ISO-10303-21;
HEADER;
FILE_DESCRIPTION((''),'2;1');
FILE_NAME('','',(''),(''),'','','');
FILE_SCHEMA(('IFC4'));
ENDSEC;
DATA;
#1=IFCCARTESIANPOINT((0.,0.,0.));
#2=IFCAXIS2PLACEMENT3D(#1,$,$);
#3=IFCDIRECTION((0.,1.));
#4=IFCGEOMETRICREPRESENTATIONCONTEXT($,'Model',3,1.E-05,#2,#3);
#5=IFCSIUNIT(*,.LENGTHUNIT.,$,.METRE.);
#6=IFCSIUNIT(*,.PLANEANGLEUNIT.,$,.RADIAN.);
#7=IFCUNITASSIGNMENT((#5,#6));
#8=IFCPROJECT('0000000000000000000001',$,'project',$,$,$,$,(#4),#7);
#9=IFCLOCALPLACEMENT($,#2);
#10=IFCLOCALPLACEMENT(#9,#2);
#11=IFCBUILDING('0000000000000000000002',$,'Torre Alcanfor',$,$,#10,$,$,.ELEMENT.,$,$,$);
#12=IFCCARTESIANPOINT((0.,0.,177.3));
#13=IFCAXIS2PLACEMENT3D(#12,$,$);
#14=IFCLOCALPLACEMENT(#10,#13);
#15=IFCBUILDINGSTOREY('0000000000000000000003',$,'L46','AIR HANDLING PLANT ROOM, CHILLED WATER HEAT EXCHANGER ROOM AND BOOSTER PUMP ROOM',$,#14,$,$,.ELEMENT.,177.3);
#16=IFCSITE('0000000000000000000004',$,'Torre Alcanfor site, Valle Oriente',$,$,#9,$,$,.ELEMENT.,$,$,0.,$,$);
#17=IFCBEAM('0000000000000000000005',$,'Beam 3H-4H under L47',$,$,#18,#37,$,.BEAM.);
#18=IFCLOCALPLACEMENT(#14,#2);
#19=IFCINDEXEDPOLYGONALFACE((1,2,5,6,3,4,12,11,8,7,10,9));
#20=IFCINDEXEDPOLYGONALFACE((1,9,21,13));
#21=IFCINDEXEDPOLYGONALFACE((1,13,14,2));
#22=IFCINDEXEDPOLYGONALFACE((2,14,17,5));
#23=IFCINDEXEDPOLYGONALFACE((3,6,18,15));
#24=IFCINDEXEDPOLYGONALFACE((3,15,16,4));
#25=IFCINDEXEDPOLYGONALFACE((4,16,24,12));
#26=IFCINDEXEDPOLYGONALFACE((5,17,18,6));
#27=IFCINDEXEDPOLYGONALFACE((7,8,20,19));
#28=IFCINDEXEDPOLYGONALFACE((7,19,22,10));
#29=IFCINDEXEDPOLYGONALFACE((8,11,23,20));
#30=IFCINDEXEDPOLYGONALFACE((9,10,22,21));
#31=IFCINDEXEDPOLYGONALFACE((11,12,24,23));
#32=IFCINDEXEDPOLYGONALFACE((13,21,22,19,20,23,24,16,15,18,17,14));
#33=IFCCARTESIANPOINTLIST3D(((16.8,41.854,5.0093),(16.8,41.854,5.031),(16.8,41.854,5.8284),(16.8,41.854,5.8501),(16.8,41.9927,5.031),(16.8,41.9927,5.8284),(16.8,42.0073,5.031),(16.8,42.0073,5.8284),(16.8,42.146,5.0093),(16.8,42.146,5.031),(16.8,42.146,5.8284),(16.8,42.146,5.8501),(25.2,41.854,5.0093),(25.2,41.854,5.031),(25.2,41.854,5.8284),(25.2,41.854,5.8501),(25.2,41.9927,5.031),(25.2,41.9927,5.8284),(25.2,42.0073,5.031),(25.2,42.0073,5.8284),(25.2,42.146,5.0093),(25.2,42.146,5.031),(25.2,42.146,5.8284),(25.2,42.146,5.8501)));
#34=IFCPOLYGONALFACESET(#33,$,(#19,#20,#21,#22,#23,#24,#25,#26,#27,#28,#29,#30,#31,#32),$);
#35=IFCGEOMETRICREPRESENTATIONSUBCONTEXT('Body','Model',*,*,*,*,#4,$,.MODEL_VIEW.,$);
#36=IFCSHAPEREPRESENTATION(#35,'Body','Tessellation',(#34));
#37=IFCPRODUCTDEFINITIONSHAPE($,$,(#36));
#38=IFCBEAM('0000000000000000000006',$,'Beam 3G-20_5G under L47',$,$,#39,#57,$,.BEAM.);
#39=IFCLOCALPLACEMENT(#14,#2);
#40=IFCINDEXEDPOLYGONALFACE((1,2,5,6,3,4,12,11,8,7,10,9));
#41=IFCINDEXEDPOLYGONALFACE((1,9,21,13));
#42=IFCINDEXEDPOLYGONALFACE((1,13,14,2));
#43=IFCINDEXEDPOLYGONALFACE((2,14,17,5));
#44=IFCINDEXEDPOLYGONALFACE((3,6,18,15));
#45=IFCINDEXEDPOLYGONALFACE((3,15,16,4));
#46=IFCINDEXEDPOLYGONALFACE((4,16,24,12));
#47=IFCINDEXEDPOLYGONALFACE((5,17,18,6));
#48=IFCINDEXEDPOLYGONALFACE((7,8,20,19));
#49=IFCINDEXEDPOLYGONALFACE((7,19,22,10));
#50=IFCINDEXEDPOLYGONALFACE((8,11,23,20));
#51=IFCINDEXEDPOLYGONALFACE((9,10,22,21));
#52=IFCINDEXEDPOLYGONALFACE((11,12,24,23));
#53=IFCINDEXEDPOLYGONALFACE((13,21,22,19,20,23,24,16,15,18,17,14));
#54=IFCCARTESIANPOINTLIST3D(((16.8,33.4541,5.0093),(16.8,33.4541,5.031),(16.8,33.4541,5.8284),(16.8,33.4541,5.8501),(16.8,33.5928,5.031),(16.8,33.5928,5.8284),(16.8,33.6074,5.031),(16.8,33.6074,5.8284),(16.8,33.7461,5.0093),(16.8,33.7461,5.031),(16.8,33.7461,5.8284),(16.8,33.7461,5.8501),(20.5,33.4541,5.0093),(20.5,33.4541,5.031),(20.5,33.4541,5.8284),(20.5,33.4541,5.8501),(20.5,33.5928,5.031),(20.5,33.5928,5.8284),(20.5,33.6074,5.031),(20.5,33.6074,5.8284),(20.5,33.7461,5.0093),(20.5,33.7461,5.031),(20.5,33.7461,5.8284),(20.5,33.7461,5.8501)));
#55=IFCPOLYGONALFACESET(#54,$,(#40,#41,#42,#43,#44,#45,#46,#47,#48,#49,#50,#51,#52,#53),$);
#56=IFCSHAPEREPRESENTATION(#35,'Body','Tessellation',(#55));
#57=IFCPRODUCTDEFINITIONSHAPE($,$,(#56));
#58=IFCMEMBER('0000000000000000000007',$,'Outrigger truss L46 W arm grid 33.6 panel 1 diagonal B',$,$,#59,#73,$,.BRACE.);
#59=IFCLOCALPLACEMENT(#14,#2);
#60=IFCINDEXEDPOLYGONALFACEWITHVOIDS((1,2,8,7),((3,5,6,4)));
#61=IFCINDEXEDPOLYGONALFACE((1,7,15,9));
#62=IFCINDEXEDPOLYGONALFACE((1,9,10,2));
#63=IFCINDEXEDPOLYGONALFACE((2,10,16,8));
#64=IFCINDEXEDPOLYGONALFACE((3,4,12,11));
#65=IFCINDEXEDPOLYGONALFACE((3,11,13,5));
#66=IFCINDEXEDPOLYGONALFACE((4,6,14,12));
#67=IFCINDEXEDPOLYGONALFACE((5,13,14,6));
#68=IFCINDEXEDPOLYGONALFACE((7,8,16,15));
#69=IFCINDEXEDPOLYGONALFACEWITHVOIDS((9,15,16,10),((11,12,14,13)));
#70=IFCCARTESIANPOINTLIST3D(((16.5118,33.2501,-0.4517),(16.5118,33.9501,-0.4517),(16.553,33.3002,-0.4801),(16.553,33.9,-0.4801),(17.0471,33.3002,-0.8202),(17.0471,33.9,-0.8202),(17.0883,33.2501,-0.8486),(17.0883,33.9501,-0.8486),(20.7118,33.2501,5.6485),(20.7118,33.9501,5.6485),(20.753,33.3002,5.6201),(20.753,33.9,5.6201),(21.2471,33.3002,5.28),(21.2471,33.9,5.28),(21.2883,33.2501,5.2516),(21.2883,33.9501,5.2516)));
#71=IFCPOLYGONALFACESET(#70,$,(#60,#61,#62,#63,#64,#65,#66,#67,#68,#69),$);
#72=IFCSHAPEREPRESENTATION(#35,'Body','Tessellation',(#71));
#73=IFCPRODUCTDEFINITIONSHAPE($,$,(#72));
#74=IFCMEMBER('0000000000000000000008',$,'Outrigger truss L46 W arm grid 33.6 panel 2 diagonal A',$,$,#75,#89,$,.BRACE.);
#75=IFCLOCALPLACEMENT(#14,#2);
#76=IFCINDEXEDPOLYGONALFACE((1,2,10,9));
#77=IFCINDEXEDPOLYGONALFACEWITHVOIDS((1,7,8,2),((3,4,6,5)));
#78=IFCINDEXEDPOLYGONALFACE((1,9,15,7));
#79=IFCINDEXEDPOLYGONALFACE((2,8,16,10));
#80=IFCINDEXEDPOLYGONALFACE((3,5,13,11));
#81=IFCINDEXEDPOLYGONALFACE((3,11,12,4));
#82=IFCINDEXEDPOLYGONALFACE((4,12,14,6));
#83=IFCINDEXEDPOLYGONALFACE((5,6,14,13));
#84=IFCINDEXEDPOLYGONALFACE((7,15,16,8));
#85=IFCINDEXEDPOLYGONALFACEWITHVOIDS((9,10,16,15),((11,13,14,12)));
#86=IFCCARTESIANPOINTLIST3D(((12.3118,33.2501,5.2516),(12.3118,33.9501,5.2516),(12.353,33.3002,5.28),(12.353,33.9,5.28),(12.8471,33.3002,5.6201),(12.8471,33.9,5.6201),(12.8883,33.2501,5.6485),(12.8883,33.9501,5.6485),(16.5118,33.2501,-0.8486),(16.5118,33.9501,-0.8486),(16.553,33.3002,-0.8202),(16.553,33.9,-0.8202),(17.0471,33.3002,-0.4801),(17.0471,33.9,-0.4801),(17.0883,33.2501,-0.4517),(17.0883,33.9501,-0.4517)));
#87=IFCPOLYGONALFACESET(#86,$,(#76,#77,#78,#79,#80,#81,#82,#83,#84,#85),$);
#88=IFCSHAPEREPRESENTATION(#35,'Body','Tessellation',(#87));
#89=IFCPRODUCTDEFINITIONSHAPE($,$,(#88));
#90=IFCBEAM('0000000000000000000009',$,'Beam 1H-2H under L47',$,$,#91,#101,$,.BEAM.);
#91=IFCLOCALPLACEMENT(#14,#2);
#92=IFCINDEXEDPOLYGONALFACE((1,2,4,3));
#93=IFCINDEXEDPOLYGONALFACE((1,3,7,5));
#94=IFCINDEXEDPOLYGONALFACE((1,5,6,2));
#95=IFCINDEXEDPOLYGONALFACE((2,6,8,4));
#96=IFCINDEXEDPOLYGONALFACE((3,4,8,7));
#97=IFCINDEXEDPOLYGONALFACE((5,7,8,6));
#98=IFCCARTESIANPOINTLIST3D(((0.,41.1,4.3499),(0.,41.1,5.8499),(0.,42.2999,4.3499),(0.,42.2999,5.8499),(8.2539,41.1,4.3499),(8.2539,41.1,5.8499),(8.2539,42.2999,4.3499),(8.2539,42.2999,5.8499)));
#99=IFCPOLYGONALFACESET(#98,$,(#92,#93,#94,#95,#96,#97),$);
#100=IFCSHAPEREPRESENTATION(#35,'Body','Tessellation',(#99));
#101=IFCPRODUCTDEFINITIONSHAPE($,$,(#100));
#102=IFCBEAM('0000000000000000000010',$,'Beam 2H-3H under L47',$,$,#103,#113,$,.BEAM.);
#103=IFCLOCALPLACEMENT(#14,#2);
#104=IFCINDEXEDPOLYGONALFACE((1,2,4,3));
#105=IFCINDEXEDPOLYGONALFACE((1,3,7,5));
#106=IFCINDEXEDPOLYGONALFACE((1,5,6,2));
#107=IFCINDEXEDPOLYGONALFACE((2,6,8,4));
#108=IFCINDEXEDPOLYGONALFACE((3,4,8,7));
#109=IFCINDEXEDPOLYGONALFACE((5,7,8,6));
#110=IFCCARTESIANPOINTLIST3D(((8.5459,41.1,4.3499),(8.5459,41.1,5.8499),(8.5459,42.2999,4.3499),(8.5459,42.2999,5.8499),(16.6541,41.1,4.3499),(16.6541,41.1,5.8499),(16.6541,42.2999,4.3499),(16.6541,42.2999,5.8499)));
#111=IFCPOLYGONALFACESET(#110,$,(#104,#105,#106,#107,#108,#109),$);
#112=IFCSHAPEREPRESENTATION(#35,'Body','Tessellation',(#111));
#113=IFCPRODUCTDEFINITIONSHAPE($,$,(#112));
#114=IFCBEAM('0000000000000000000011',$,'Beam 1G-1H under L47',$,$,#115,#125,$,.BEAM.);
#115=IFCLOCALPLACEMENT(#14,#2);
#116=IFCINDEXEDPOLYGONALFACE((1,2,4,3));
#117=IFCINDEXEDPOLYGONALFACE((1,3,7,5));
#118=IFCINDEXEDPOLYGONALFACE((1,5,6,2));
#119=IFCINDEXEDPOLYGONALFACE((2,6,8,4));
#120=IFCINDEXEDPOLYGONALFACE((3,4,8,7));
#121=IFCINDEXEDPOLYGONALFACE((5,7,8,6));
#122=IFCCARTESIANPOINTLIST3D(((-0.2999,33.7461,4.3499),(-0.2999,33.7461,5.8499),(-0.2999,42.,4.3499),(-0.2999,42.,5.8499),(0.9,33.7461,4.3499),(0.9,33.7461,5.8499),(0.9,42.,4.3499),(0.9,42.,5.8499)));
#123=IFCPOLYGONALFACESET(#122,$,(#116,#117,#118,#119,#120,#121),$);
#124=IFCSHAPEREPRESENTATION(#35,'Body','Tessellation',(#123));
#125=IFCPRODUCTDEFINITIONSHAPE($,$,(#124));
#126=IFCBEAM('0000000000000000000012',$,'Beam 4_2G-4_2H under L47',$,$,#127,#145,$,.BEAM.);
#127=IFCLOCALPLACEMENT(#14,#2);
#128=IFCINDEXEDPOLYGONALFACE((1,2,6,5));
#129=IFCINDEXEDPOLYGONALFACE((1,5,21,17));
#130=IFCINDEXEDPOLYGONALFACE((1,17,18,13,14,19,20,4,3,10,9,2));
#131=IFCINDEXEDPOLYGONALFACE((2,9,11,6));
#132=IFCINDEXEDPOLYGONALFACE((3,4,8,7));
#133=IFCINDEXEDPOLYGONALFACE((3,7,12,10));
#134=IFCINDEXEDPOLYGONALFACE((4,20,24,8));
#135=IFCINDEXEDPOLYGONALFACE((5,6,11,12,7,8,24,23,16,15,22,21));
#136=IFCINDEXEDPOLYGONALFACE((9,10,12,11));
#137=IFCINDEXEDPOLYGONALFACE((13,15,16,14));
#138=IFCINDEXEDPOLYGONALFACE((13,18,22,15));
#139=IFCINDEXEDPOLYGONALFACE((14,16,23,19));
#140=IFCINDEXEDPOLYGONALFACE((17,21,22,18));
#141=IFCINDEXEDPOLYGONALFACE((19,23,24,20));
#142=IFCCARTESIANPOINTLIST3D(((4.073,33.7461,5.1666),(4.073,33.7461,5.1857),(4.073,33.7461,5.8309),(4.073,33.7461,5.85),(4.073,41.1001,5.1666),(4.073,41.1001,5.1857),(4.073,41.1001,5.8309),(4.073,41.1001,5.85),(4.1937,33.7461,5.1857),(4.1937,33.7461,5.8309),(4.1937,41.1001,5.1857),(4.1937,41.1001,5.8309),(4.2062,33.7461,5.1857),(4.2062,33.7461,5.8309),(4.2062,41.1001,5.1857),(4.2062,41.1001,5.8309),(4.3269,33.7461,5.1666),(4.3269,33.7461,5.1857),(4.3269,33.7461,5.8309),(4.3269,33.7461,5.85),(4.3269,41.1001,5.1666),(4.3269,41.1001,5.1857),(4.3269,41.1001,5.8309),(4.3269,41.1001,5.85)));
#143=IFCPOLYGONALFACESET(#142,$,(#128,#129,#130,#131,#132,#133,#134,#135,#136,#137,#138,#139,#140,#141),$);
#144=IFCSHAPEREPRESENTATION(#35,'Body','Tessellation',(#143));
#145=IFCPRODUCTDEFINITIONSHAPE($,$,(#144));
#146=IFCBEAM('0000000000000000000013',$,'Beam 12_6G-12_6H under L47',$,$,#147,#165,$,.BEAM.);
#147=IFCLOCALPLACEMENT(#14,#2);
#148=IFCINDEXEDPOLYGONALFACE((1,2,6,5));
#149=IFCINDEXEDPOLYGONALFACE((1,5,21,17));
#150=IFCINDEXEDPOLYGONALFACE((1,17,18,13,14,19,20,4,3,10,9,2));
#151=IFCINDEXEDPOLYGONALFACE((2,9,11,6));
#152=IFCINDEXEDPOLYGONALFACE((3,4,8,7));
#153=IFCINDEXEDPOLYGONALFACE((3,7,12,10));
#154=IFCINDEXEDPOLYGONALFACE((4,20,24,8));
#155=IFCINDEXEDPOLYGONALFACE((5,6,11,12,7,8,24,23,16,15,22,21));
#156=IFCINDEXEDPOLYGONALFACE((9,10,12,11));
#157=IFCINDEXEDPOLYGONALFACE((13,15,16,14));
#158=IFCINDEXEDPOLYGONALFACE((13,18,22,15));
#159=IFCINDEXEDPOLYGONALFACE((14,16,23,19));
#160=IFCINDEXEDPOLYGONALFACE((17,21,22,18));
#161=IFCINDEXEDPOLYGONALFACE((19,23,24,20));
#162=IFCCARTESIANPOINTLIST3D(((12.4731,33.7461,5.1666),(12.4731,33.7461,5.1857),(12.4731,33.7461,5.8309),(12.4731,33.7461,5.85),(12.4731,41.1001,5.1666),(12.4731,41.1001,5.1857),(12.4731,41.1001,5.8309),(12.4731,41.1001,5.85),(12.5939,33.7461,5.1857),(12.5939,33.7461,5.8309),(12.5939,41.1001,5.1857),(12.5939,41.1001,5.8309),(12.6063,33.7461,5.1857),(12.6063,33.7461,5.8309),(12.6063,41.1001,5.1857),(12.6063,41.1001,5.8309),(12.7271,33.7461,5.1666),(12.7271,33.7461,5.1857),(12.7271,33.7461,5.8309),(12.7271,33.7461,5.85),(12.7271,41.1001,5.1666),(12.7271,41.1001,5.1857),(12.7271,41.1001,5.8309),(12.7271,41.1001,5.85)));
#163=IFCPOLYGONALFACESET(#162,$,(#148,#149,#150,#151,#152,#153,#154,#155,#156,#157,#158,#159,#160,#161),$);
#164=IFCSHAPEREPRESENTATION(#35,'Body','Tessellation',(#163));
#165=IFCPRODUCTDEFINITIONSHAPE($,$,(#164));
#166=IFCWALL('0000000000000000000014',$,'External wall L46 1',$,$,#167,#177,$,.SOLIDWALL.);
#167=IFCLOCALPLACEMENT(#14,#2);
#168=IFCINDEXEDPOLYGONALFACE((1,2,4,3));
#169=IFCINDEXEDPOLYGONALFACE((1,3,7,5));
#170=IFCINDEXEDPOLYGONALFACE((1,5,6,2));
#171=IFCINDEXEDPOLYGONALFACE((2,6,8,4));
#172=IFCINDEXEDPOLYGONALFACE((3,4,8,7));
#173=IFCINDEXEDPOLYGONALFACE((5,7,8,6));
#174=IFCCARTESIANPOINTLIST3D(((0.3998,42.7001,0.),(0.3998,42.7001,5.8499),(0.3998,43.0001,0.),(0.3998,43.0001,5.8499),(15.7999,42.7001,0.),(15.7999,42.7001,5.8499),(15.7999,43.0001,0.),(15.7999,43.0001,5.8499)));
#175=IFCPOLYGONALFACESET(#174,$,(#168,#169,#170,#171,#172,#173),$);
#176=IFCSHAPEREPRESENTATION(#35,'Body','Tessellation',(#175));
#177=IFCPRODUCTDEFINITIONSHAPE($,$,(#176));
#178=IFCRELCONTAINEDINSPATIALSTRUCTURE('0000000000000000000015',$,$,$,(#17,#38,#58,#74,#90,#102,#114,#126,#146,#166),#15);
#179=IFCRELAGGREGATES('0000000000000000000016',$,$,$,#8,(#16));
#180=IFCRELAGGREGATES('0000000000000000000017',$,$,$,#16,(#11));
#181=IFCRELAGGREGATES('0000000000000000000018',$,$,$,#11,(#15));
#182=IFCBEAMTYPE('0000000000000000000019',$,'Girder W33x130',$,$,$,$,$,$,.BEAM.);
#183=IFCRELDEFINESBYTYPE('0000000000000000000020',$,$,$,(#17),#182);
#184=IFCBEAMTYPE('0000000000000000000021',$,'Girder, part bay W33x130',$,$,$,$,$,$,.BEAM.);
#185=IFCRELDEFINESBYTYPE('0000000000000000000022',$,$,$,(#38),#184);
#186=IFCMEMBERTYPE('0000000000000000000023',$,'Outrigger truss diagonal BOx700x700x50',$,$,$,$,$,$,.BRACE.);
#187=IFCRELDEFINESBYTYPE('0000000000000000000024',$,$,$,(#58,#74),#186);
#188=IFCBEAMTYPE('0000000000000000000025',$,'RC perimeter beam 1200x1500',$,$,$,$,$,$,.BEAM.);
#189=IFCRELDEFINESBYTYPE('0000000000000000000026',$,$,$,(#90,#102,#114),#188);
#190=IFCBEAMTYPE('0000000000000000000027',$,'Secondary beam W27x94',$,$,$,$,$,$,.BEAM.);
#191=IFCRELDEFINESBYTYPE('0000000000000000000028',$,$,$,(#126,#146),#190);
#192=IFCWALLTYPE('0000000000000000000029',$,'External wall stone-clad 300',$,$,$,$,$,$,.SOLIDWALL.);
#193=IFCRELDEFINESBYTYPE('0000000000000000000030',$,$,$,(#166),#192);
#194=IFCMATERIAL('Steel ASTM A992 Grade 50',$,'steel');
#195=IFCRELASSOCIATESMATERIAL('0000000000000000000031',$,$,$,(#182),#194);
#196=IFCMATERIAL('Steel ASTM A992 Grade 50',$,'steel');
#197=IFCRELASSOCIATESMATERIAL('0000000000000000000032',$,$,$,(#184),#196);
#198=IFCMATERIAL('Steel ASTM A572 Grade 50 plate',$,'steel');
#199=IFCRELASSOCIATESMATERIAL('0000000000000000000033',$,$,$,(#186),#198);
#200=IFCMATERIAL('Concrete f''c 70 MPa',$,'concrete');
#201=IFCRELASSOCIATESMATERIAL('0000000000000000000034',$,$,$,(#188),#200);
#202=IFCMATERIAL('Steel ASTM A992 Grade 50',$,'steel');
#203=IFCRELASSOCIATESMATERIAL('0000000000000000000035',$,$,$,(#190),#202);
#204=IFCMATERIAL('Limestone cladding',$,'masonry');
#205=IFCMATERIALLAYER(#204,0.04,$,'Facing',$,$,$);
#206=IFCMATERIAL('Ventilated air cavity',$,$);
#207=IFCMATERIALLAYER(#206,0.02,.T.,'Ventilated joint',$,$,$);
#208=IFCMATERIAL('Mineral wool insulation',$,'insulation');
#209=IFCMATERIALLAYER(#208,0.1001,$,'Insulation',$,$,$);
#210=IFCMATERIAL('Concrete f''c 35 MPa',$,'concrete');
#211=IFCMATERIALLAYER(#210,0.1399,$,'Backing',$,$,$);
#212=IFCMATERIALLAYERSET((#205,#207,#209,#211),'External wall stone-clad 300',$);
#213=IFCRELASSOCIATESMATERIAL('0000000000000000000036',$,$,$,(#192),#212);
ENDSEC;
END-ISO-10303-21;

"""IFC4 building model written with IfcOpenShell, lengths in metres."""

from ifc_helpers import new_model, si_unit, direction, frame, frame_2d, origin, origin_2d, place, context, subcontext, project, spatial, rectangle, hollow_rectangle, i_section, extrude, material, layer, layer_set, material_profile, profile_set, type_object, element, save


model = new_model("IFC4")

# Units and contexts
model_context = context("Model", 3, precision=1e-05, world=origin(), true_north=direction((0.0, 1.0)))
body_context = subcontext(model_context, "Body", "Model", "MODEL_VIEW")
ifc_project = project(units=[si_unit("LENGTHUNIT", "METRE"), si_unit("PLANEANGLEUNIT", "RADIAN")], contexts=[model_context])

# Site, building, storey
site_placement = place(None, origin())
site = spatial("IfcSite", under=ifc_project, at=site_placement, Name="Torre Alcanfor site, Valle Oriente", CompositionType="ELEMENT", RefElevation=0.0)
building_placement = place(site_placement, origin())
building = spatial("IfcBuilding", under=site, at=building_placement, Name="Torre Alcanfor", CompositionType="ELEMENT")
storey_placement = place(building_placement, frame((0.0, 0.0, 177.3)))
storey = spatial("IfcBuildingStorey", under=building, at=storey_placement, Name="L46", Description="AIR HANDLING PLANT ROOM, CHILLED WATER HEAT EXCHANGER ROOM AND BOOSTER PUMP ROOM", CompositionType="ELEMENT", Elevation=177.3)

# Beams
ifc_material_1 = material(Name="Steel ASTM A992 Grade 50", Category="steel")
ifc_material_profile_1 = material_profile(ifc_material_1, i_section(OverallWidth=0.292, OverallDepth=0.8408, WebThickness=0.0146, FlangeThickness=0.0217, at=origin_2d()), Name="W33x130")
ifc_profile_set_1 = profile_set([ifc_material_profile_1], Name="Steel ASTM A992 Grade 50")
beam_type_1 = type_object("IfcBeamType", Name="Girder W33x130", PredefinedType="BEAM", material=ifc_profile_set_1)
beam_1_placement = place(storey_placement, frame((16.8, 42.0, 5.4297), z_axis=(1.0, 0.0, 0.0), x_axis=(0.0, 1.0, 0.0)))
element("IfcBeam", 1, at=beam_1_placement, inside=storey, type_object=beam_type_1, Name="Beam 3H-4H under L47", PredefinedType="BEAM", context=body_context, shape_type="SweptSolid", body=[
    extrude(i_section(OverallWidth=0.292, OverallDepth=0.8408, WebThickness=0.0146, FlangeThickness=0.0217, at=origin_2d()), origin(), (0.0, 0.0, 1.0), 8.3999),
])
ifc_material_2 = material(Name="Steel ASTM A992 Grade 50", Category="steel")
ifc_material_profile_2 = material_profile(ifc_material_2, i_section(OverallWidth=0.292, OverallDepth=0.8408, WebThickness=0.0146, FlangeThickness=0.0217, at=origin_2d()), Name="W33x130")
ifc_profile_set_2 = profile_set([ifc_material_profile_2], Name="Steel ASTM A992 Grade 50")
beam_type_2 = type_object("IfcBeamType", Name="Girder, part bay W33x130", PredefinedType="BEAM", material=ifc_profile_set_2)
beam_2_placement = place(storey_placement, frame((16.8, 33.6001, 5.4297), z_axis=(1.0, 0.0, 0.0), x_axis=(0.0, 1.0, 0.0)))
element("IfcBeam", 2, at=beam_2_placement, inside=storey, type_object=beam_type_2, Name="Beam 3G-20_5G under L47", PredefinedType="BEAM", context=body_context, shape_type="SweptSolid", body=[
    extrude(i_section(OverallWidth=0.292, OverallDepth=0.8408, WebThickness=0.0146, FlangeThickness=0.0217, at=origin_2d()), origin(), (0.0, 0.0, 1.0), 3.7),
])

# Members
ifc_material_3 = material(Name="Steel ASTM A572 Grade 50 plate", Category="steel")
ifc_material_profile_3 = material_profile(ifc_material_3, hollow_rectangle(XDim=0.7, YDim=0.7, WallThickness=0.05, at=origin_2d()), Name="BOX 700x700x50")
ifc_profile_set_3 = profile_set([ifc_material_profile_3], Name="Steel ASTM A572 Grade 50 plate")
member_type_1 = type_object("IfcMemberType", Name="Outrigger truss diagonal BOx700x700x50", PredefinedType="BRACE", material=ifc_profile_set_3)
for number, where, z_axis, x_axis, name in (
    (3, (16.8, 33.6001, -0.6501), (0.567091, 0.0, 0.823655), (0.0, 1.0, 0.0), "Outrigger truss L46 W arm grid 33.6 panel 1 diagonal B"),
    (4, (16.8, 33.6001, -0.6501), (-0.567091, 0.0, 0.823655), (0.0, -1.0, 0.0), "Outrigger truss L46 W arm grid 33.6 panel 2 diagonal A"),
):
    element("IfcMember", number, at=place(storey_placement, frame(where, z_axis=z_axis, x_axis=x_axis)), inside=storey, type_object=member_type_1, Name=name, PredefinedType="BRACE", context=body_context, shape_type="SweptSolid", body=[
        extrude(hollow_rectangle(XDim=0.7, YDim=0.7, WallThickness=0.05, at=origin_2d()), origin(), (0.0, 0.0, 1.0), 7.4062),
    ])

# Beams
ifc_material_4 = material(Name="Concrete f'c 70 MPa", Category="concrete")
ifc_material_profile_4 = material_profile(ifc_material_4, rectangle(XDim=1.2, YDim=1.5, at=origin_2d()), Name="1200x1500")
ifc_profile_set_4 = profile_set([ifc_material_profile_4], Name="Concrete f'c 70 MPa")
beam_type_3 = type_object("IfcBeamType", Name="RC perimeter beam 1200x1500", PredefinedType="BEAM", material=ifc_profile_set_4)
beam_3_placement = place(storey_placement, frame((0.0, 41.7, 5.0999), z_axis=(1.0, 0.0, 0.0), x_axis=(0.0, 1.0, 0.0)))
element("IfcBeam", 5, at=beam_3_placement, inside=storey, type_object=beam_type_3, Name="Beam 1H-2H under L47", PredefinedType="BEAM", context=body_context, shape_type="SweptSolid", body=[
    extrude(rectangle(XDim=1.2, YDim=1.5, at=origin_2d()), origin(), (0.0, 0.0, 1.0), 8.2539),
])
beam_4_placement = place(storey_placement, frame((8.5459, 41.7, 5.0999), z_axis=(1.0, 0.0, 0.0), x_axis=(0.0, 1.0, 0.0)))
element("IfcBeam", 6, at=beam_4_placement, inside=storey, type_object=beam_type_3, Name="Beam 2H-3H under L47", PredefinedType="BEAM", context=body_context, shape_type="SweptSolid", body=[
    extrude(rectangle(XDim=1.2, YDim=1.5, at=origin_2d()), origin(), (0.0, 0.0, 1.0), 8.1082),
])
beam_5_placement = place(storey_placement, frame((0.3, 33.7461, 5.0999), z_axis=(0.0, 1.0, 0.0), x_axis=(-1.0, 0.0, 0.0)))
element("IfcBeam", 7, at=beam_5_placement, inside=storey, type_object=beam_type_3, Name="Beam 1G-1H under L47", PredefinedType="BEAM", context=body_context, shape_type="SweptSolid", body=[
    extrude(rectangle(XDim=1.2, YDim=1.5, at=origin_2d()), origin(), (0.0, 0.0, 1.0), 8.2539),
])
ifc_material_5 = material(Name="Steel ASTM A992 Grade 50", Category="steel")
ifc_material_profile_5 = material_profile(ifc_material_5, i_section(OverallWidth=0.2539, OverallDepth=0.6833, WebThickness=0.0125, FlangeThickness=0.019, at=origin_2d()), Name="W27x94")
ifc_profile_set_5 = profile_set([ifc_material_profile_5], Name="Steel ASTM A992 Grade 50")
beam_type_4 = type_object("IfcBeamType", Name="Secondary beam W27x94", PredefinedType="BEAM", material=ifc_profile_set_5)
for number, where, z_axis, x_axis, name in (
    (8, (4.2, 33.7461, 5.5083), (0.0, 1.0, 0.0), (-1.0, 0.0, 0.0), "Beam 4_2G-4_2H under L47"),
    (9, (12.6001, 33.7461, 5.5083), (0.0, 1.0, 0.0), (-1.0, 0.0, 0.0), "Beam 12_6G-12_6H under L47"),
):
    element("IfcBeam", number, at=place(storey_placement, frame(where, z_axis=z_axis, x_axis=x_axis)), inside=storey, type_object=beam_type_4, Name=name, PredefinedType="BEAM", context=body_context, shape_type="SweptSolid", body=[
        extrude(i_section(OverallWidth=0.2539, OverallDepth=0.6833, WebThickness=0.0125, FlangeThickness=0.019, at=origin_2d()), origin(), (0.0, 0.0, 1.0), 7.354),
    ])

# Wall
ifc_material_6 = material(Name="Limestone cladding", Category="masonry")
ifc_layer_1 = layer(ifc_material_6, 0.04, Name="Facing")
ifc_material_7 = material(Name="Ventilated air cavity")
ifc_layer_2 = layer(ifc_material_7, 0.02, ventilated=True, Name="Ventilated joint")
ifc_material_8 = material(Name="Mineral wool insulation", Category="insulation")
ifc_layer_3 = layer(ifc_material_8, 0.1001, Name="Insulation")
ifc_material_9 = material(Name="Concrete f'c 35 MPa", Category="concrete")
ifc_layer_4 = layer(ifc_material_9, 0.1399, Name="Backing")
ifc_layer_set_1 = layer_set([ifc_layer_1, ifc_layer_2, ifc_layer_3, ifc_layer_4], Name="External wall stone-clad 300")
wall_type_1 = type_object("IfcWallType", Name="External wall stone-clad 300", PredefinedType="SOLIDWALL", material=ifc_layer_set_1)
wall_1_placement = place(storey_placement, frame((15.8, 42.8501, 0.0), z_axis=(0.0, 0.0, 1.0), x_axis=(-1.0, 0.0, 0.0)))
element("IfcWall", 10, at=wall_1_placement, inside=storey, type_object=wall_type_1, Name="External wall L46 1", PredefinedType="SOLIDWALL", context=body_context, shape_type="SweptSolid", body=[
    extrude(rectangle(XDim=15.4001, YDim=0.3, at=frame_2d((7.7002, 0.0))), origin(), (0.0, 0.0, 1.0), 5.8499),
])

save(model, "model.ifc")
